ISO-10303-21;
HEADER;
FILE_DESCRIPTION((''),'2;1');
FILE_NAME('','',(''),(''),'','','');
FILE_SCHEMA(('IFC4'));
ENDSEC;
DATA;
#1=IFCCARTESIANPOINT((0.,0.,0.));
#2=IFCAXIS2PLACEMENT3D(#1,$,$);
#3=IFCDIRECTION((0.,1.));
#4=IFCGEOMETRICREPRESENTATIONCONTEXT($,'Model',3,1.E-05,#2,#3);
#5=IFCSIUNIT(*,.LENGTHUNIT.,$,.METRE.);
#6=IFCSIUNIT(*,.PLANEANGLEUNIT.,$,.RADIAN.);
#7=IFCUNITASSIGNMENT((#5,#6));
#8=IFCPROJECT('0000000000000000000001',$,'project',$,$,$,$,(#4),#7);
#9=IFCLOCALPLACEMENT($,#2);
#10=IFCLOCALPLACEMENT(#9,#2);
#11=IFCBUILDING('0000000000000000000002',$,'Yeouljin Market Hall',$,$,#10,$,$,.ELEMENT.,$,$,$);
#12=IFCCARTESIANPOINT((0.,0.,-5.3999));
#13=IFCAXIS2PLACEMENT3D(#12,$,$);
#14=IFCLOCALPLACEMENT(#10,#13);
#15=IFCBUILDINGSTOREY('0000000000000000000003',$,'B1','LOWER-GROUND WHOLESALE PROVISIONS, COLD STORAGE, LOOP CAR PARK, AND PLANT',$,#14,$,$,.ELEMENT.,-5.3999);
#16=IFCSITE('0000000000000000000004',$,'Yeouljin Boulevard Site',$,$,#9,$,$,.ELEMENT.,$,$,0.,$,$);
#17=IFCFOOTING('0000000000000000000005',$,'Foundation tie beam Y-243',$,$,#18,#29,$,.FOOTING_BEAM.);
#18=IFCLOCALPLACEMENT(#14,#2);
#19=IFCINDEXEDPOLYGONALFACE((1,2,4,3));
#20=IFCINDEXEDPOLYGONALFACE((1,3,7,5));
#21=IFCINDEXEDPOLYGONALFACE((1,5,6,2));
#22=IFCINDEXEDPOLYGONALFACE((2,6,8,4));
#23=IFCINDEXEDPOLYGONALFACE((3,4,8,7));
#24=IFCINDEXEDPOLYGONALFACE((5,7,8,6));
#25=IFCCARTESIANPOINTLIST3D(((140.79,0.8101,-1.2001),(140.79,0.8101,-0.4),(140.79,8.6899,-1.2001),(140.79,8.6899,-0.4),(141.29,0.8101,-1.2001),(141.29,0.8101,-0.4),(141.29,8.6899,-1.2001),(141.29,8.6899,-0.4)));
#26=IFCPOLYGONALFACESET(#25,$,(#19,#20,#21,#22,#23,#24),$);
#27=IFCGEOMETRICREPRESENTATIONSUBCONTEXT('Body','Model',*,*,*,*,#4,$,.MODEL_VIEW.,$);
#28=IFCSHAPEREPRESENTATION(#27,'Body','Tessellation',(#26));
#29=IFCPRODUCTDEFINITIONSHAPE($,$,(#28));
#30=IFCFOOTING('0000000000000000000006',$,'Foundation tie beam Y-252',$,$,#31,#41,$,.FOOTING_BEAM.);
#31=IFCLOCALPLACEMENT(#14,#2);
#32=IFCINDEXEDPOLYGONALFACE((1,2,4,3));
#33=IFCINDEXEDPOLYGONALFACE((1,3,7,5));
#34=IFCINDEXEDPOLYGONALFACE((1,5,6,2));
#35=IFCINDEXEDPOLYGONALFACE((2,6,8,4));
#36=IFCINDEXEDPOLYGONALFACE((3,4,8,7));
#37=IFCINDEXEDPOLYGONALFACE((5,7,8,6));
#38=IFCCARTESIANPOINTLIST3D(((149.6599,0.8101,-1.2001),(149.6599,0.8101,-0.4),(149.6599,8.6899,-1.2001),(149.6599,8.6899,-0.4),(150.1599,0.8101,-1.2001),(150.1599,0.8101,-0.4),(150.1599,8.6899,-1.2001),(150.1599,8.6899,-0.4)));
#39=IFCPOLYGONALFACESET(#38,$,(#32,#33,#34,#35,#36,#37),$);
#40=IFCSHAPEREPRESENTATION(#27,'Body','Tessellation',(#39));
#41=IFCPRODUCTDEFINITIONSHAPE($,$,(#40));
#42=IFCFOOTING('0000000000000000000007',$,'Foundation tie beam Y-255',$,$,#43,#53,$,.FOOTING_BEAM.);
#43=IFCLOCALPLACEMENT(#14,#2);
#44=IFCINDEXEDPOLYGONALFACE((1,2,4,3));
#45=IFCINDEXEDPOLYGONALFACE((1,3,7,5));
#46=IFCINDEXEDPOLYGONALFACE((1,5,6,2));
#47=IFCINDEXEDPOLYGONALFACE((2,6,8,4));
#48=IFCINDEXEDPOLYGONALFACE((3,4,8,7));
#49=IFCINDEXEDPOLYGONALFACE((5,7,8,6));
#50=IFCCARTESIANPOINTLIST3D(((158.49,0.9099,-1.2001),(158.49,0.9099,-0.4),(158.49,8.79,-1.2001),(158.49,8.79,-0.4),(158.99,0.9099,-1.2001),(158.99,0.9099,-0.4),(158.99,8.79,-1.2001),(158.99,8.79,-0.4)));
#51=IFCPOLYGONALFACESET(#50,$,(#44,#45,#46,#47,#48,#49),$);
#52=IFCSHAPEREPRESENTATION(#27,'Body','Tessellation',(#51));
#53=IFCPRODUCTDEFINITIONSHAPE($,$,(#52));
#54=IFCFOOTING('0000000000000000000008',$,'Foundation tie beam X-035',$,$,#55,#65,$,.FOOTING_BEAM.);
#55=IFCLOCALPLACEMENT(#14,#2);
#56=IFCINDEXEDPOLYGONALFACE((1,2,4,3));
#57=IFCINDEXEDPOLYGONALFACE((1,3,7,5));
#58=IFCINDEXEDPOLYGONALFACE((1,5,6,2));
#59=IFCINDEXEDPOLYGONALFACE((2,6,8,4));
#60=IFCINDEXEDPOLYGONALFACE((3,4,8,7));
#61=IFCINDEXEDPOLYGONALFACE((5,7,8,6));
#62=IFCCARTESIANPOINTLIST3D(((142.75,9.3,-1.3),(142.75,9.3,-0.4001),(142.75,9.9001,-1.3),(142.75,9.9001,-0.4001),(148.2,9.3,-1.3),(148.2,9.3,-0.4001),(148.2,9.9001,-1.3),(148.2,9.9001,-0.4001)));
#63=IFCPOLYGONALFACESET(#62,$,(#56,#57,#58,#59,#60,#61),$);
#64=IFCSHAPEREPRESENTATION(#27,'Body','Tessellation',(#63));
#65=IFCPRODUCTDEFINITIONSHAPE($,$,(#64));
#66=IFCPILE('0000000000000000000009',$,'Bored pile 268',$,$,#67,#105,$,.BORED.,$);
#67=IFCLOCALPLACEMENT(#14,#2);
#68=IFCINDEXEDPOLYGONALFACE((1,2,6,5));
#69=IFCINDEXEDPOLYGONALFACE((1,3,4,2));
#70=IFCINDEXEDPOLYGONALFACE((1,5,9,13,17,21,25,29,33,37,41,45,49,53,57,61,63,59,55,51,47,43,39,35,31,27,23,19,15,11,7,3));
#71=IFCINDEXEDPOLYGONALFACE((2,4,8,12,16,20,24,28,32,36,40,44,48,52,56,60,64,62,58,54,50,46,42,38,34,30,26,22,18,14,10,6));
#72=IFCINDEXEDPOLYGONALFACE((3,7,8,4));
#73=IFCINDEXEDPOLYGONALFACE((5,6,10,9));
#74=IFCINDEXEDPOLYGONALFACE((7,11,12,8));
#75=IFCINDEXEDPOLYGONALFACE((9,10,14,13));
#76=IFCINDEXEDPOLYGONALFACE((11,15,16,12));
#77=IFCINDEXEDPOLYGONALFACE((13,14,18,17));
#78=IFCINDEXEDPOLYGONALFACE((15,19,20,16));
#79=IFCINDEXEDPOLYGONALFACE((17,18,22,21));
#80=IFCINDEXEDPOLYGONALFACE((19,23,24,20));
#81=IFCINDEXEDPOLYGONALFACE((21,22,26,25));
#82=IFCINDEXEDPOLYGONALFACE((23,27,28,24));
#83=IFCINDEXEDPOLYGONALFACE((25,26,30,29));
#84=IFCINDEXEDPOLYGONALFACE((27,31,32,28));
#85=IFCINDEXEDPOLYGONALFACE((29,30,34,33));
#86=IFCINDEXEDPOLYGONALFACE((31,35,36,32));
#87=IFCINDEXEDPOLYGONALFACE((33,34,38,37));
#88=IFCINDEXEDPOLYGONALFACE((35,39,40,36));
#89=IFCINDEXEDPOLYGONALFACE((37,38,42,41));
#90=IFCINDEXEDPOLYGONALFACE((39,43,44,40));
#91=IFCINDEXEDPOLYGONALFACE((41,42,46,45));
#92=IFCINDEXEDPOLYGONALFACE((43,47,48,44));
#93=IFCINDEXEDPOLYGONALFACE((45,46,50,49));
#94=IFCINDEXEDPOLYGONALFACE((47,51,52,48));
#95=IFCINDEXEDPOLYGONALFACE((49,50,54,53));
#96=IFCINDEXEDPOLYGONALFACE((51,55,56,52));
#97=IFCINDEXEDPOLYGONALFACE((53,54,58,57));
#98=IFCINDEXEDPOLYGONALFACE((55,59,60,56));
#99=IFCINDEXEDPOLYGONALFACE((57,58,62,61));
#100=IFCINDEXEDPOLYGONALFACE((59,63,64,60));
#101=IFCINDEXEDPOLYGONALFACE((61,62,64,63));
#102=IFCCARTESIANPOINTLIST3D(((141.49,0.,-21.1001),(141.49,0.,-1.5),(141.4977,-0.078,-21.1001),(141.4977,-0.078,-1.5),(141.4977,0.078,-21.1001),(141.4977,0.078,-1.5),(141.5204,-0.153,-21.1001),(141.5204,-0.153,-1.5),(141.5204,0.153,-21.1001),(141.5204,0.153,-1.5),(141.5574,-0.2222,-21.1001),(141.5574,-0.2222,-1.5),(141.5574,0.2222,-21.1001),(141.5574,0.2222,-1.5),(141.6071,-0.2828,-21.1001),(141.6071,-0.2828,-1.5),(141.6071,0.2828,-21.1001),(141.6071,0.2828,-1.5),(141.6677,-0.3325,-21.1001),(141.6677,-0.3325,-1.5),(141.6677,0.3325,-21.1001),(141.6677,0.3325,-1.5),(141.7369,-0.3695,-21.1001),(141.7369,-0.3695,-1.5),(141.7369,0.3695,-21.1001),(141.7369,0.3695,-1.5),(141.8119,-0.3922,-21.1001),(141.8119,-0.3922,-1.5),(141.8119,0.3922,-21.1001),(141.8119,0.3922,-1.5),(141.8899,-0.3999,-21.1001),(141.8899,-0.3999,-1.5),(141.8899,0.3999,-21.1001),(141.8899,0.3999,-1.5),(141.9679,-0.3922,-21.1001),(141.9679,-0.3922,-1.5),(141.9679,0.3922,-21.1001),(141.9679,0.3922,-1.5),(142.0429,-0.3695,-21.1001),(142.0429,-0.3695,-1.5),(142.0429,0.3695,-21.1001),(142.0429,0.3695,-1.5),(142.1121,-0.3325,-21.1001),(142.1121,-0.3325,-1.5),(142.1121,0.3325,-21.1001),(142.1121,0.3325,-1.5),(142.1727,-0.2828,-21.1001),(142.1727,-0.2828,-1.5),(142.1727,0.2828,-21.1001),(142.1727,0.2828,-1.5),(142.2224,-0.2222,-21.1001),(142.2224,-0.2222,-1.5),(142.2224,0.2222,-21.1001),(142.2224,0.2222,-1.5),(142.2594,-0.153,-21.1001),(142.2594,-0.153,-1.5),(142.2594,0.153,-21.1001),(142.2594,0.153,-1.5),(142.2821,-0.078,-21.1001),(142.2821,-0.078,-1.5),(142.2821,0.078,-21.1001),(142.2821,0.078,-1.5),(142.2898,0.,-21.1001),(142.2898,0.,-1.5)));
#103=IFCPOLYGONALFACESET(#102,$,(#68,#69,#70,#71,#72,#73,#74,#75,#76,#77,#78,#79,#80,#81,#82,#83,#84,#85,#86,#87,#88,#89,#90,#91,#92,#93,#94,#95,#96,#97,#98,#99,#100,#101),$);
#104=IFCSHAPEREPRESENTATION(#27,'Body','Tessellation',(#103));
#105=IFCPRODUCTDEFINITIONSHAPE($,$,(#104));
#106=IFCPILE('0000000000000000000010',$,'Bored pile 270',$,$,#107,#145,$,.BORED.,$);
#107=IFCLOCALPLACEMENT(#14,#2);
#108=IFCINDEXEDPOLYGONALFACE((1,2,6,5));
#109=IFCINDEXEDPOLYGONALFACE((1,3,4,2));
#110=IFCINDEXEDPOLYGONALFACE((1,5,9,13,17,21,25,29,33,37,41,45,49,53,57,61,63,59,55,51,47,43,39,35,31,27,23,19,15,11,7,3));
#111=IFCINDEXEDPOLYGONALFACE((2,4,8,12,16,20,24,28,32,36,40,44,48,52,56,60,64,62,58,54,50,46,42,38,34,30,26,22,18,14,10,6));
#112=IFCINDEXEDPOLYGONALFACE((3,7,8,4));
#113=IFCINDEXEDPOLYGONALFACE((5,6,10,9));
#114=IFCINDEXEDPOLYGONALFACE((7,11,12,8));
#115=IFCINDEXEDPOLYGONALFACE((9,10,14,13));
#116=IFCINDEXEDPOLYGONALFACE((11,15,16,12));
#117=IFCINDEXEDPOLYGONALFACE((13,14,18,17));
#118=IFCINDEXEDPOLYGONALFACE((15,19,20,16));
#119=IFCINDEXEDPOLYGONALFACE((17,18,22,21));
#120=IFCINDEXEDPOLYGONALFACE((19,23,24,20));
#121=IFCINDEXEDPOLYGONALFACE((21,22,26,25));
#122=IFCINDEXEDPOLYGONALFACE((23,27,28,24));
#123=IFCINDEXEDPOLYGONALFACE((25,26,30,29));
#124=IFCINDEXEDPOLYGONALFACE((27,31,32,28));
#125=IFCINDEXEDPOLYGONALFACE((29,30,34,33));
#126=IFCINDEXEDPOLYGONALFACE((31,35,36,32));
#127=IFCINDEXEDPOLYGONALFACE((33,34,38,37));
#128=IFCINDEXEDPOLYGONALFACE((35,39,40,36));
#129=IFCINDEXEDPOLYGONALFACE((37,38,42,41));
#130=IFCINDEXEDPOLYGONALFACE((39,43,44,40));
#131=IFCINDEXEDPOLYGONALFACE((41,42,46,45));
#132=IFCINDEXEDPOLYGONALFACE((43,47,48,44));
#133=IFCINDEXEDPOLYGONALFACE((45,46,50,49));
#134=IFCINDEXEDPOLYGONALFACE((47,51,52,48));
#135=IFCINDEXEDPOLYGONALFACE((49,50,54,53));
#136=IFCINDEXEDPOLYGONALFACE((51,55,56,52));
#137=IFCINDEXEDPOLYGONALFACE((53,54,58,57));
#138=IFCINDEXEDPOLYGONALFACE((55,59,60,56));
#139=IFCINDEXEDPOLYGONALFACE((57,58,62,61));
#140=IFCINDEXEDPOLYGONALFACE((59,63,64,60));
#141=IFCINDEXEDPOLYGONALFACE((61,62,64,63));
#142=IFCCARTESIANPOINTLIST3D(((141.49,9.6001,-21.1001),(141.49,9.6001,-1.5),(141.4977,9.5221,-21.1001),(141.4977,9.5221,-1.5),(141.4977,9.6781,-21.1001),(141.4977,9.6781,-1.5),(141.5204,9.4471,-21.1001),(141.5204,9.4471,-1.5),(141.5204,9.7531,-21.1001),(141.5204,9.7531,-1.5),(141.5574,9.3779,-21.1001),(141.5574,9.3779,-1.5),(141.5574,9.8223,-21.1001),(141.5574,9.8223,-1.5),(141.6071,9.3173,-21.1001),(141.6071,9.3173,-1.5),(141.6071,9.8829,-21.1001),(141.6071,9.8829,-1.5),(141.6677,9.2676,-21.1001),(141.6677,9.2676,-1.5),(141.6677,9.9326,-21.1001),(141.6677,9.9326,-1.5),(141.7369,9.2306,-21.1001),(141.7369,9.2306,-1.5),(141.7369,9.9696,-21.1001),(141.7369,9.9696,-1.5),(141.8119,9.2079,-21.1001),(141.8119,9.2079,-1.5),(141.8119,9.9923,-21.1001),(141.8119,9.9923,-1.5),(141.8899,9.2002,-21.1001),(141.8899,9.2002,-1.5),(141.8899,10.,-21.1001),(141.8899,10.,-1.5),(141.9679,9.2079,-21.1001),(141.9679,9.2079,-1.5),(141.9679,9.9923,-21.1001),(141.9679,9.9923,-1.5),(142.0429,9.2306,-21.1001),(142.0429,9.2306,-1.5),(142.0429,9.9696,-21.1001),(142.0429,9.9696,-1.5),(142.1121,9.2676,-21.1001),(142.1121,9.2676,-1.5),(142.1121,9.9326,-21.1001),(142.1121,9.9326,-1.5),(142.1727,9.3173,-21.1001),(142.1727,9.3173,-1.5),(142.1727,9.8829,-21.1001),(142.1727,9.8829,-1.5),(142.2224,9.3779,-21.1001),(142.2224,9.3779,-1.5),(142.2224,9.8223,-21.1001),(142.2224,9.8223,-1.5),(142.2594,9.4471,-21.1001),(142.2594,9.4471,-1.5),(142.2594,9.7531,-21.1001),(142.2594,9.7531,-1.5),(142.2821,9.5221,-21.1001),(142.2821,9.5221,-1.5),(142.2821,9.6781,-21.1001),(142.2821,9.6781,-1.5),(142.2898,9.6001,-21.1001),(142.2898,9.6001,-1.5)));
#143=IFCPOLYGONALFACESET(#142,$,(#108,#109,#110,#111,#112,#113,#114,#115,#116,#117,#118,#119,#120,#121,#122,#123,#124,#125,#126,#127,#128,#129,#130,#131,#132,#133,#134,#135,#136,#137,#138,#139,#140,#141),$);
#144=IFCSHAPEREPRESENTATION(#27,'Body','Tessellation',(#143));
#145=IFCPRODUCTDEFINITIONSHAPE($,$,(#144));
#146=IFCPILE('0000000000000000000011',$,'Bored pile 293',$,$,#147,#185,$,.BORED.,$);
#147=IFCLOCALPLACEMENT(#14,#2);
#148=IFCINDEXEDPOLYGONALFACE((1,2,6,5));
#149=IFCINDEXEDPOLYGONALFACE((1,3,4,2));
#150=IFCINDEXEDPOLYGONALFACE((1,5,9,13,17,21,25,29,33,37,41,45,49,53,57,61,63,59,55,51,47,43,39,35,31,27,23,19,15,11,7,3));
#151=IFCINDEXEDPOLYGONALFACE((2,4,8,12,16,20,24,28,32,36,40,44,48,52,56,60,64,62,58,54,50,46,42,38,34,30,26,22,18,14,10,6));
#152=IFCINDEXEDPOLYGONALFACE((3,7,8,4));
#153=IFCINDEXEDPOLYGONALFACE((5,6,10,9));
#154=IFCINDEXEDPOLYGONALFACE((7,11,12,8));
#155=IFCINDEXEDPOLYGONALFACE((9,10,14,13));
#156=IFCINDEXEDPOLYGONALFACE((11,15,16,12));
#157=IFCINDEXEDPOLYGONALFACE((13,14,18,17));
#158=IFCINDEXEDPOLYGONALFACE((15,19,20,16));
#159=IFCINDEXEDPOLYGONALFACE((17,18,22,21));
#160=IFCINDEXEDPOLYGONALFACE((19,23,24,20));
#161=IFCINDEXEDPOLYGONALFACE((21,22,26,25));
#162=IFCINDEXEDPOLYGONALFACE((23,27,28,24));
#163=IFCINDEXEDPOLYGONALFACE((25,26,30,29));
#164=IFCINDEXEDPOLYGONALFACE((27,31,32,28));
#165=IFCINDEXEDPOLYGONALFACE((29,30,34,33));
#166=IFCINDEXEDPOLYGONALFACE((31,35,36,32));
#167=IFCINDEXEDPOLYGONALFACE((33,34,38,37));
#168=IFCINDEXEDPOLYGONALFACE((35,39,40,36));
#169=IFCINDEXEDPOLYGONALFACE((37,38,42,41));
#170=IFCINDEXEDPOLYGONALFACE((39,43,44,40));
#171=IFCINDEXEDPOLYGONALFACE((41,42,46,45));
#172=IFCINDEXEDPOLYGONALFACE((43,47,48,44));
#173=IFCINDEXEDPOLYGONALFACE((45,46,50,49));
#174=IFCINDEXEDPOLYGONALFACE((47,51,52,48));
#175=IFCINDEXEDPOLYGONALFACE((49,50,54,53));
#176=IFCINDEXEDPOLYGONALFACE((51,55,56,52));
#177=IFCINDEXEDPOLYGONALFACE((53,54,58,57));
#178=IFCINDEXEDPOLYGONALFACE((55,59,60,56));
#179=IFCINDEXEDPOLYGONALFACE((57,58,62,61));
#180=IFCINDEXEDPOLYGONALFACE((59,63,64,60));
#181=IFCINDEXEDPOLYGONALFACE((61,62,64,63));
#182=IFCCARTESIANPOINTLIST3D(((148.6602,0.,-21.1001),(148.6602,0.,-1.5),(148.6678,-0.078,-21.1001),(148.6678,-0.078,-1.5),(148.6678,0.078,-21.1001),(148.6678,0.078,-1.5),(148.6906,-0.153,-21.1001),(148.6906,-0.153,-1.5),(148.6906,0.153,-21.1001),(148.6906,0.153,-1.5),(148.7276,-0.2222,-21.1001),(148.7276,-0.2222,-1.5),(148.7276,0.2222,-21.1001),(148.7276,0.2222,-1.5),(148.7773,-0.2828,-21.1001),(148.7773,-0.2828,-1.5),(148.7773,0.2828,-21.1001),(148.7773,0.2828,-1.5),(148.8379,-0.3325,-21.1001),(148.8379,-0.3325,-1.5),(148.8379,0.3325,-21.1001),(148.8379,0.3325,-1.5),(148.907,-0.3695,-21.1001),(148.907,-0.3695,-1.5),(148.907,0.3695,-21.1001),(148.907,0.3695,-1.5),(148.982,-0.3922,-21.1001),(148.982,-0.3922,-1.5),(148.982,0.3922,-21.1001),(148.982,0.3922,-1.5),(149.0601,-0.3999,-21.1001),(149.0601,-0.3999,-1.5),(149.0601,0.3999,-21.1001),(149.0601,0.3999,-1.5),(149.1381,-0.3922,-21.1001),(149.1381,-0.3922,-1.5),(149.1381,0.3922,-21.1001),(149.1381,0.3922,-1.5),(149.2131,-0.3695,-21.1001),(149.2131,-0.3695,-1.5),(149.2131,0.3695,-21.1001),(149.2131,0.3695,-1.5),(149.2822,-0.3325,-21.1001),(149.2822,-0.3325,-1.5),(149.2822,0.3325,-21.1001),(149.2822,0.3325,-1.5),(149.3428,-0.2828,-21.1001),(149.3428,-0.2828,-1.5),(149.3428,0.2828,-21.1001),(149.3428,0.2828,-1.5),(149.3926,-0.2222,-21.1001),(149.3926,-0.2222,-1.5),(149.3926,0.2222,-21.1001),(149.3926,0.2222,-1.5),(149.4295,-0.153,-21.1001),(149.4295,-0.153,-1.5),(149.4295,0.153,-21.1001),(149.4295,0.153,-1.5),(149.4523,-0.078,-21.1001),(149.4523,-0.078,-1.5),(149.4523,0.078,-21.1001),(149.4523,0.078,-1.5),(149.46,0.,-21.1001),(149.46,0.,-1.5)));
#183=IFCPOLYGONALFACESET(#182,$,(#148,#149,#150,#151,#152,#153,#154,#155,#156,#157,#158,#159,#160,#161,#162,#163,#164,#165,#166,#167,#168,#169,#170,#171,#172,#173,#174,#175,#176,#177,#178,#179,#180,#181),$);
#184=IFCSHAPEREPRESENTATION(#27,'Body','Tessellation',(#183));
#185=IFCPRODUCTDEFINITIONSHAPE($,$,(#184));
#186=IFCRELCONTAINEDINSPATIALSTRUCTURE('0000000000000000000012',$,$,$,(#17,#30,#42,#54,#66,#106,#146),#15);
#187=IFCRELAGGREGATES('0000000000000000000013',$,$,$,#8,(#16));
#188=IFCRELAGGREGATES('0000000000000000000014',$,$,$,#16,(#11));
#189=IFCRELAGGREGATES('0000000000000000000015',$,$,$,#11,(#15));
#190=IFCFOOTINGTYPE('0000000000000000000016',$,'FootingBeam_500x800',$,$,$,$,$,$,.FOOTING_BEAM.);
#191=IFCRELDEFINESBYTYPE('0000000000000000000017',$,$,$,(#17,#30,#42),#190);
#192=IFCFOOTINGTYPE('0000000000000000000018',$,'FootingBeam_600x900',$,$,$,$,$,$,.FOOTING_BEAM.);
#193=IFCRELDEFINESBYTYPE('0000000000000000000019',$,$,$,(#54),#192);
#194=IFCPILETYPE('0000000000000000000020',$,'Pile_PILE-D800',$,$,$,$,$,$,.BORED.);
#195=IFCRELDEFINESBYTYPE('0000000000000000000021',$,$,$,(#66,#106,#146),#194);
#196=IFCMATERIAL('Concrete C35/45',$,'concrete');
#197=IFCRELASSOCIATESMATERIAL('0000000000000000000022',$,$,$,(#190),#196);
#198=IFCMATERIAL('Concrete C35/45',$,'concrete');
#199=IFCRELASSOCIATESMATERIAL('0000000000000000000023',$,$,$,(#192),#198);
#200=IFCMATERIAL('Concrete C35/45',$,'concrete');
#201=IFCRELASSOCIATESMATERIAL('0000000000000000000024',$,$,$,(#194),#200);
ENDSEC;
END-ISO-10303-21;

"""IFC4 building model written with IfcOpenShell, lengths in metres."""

from ifc_helpers import new_model, si_unit, direction, frame, origin, origin_2d, place, context, subcontext, project, spatial, rectangle, circle, extrude, material, material_profile, profile_set, type_object, element, save


model = new_model("IFC4")

# Units and contexts
model_context = context("Model", 3, precision=1e-05, world=origin(), true_north=direction((0.0, 1.0)))
body_context = subcontext(model_context, "Body", "Model", "MODEL_VIEW")
ifc_project = project(units=[si_unit("LENGTHUNIT", "METRE"), si_unit("PLANEANGLEUNIT", "RADIAN")], contexts=[model_context])

# Site, building, storey
site_placement = place(None, origin())
site = spatial("IfcSite", under=ifc_project, at=site_placement, Name="Yeouljin Boulevard Site", CompositionType="ELEMENT", RefElevation=0.0)
building_placement = place(site_placement, origin())
building = spatial("IfcBuilding", under=site, at=building_placement, Name="Yeouljin Market Hall", CompositionType="ELEMENT")
storey_placement = place(building_placement, frame((0.0, 0.0, -5.3999)))
storey = spatial("IfcBuildingStorey", under=building, at=storey_placement, Name="B1", Description="LOWER-GROUND WHOLESALE PROVISIONS, COLD STORAGE, LOOP CAR PARK, AND PLANT", CompositionType="ELEMENT", Elevation=-5.3999)

# Footings
ifc_material_1 = material(Name="Concrete C35/45", Category="concrete")
ifc_material_profile_1 = material_profile(ifc_material_1, rectangle(XDim=0.5, YDim=0.8, at=origin_2d()), Name="RC-500x800")
ifc_profile_set_1 = profile_set([ifc_material_profile_1], Name="Concrete C35/45")
footing_type_1 = type_object("IfcFootingType", Name="FootingBeam_500x800", PredefinedType="FOOTING_BEAM", material=ifc_profile_set_1)
for number, where, z_axis, x_axis, name in (
    (1, (141.04, 0.8101, -0.8), (0.0, 1.0, 0.0), (-1.0, 0.0, 0.0), "Foundation tie beam Y-243"),
    (2, (149.9099, 0.8101, -0.8), (0.0, 1.0, 0.0), (-1.0, 0.0, 0.0), "Foundation tie beam Y-252"),
):
    element("IfcFooting", number, at=place(storey_placement, frame(where, z_axis=z_axis, x_axis=x_axis)), inside=storey, type_object=footing_type_1, Name=name, PredefinedType="FOOTING_BEAM", context=body_context, shape_type="SweptSolid", body=[
        extrude(rectangle(XDim=0.5, YDim=0.8, at=origin_2d()), origin(), (0.0, 0.0, 1.0), 7.8799),
    ])
footing_1_placement = place(storey_placement, frame((158.74, 0.9099, -0.8), z_axis=(0.0, 1.0, 0.0), x_axis=(-1.0, 0.0, 0.0)))
element("IfcFooting", 3, at=footing_1_placement, inside=storey, type_object=footing_type_1, Name="Foundation tie beam Y-255", PredefinedType="FOOTING_BEAM", context=body_context, shape_type="SweptSolid", body=[
    extrude(rectangle(XDim=0.5, YDim=0.8, at=origin_2d()), origin(), (0.0, 0.0, 1.0), 7.8801),
])
ifc_material_2 = material(Name="Concrete C35/45", Category="concrete")
ifc_material_profile_2 = material_profile(ifc_material_2, rectangle(XDim=0.6001, YDim=0.8999, at=origin_2d()), Name="RC-600x900")
ifc_profile_set_2 = profile_set([ifc_material_profile_2], Name="Concrete C35/45")
footing_type_2 = type_object("IfcFootingType", Name="FootingBeam_600x900", PredefinedType="FOOTING_BEAM", material=ifc_profile_set_2)
footing_2_placement = place(storey_placement, frame((142.75, 9.6001, -0.8501), z_axis=(1.0, 0.0, 0.0), x_axis=(0.0, 1.0, 0.0)))
element("IfcFooting", 4, at=footing_2_placement, inside=storey, type_object=footing_type_2, Name="Foundation tie beam X-035", PredefinedType="FOOTING_BEAM", context=body_context, shape_type="SweptSolid", body=[
    extrude(rectangle(XDim=0.6001, YDim=0.8999, at=origin_2d()), origin(), (0.0, 0.0, 1.0), 5.45),
])

# Piles
ifc_material_3 = material(Name="Concrete C35/45", Category="concrete")
ifc_material_profile_3 = material_profile(ifc_material_3, circle(Radius=0.3999, at=origin_2d()), Name="PILE-D800")
ifc_profile_set_3 = profile_set([ifc_material_profile_3], Name="Concrete C35/45")
pile_type = type_object("IfcPileType", Name="Pile_PILE-D800", PredefinedType="BORED", material=ifc_profile_set_3)
for number, where, z_axis, x_axis, name in (
    (5, (141.8899, 0.0, -1.5), (0.0, 0.0, -1.0), (1.0, 0.0, 0.0), "Bored pile 268"),
    (6, (141.8899, 9.6001, -1.5), (0.0, 0.0, -1.0), (1.0, 0.0, 0.0), "Bored pile 270"),
    (7, (149.0601, 0.0, -1.5), (0.0, 0.0, -1.0), (1.0, 0.0, 0.0), "Bored pile 293"),
):
    element("IfcPile", number, at=place(storey_placement, frame(where, z_axis=z_axis, x_axis=x_axis)), inside=storey, type_object=pile_type, Name=name, PredefinedType="BORED", context=body_context, shape_type="SweptSolid", body=[
        extrude(circle(Radius=0.3999, at=origin_2d()), origin(), (0.0, 0.0, 1.0), 19.6001),
    ])

save(model, "model.ifc")
